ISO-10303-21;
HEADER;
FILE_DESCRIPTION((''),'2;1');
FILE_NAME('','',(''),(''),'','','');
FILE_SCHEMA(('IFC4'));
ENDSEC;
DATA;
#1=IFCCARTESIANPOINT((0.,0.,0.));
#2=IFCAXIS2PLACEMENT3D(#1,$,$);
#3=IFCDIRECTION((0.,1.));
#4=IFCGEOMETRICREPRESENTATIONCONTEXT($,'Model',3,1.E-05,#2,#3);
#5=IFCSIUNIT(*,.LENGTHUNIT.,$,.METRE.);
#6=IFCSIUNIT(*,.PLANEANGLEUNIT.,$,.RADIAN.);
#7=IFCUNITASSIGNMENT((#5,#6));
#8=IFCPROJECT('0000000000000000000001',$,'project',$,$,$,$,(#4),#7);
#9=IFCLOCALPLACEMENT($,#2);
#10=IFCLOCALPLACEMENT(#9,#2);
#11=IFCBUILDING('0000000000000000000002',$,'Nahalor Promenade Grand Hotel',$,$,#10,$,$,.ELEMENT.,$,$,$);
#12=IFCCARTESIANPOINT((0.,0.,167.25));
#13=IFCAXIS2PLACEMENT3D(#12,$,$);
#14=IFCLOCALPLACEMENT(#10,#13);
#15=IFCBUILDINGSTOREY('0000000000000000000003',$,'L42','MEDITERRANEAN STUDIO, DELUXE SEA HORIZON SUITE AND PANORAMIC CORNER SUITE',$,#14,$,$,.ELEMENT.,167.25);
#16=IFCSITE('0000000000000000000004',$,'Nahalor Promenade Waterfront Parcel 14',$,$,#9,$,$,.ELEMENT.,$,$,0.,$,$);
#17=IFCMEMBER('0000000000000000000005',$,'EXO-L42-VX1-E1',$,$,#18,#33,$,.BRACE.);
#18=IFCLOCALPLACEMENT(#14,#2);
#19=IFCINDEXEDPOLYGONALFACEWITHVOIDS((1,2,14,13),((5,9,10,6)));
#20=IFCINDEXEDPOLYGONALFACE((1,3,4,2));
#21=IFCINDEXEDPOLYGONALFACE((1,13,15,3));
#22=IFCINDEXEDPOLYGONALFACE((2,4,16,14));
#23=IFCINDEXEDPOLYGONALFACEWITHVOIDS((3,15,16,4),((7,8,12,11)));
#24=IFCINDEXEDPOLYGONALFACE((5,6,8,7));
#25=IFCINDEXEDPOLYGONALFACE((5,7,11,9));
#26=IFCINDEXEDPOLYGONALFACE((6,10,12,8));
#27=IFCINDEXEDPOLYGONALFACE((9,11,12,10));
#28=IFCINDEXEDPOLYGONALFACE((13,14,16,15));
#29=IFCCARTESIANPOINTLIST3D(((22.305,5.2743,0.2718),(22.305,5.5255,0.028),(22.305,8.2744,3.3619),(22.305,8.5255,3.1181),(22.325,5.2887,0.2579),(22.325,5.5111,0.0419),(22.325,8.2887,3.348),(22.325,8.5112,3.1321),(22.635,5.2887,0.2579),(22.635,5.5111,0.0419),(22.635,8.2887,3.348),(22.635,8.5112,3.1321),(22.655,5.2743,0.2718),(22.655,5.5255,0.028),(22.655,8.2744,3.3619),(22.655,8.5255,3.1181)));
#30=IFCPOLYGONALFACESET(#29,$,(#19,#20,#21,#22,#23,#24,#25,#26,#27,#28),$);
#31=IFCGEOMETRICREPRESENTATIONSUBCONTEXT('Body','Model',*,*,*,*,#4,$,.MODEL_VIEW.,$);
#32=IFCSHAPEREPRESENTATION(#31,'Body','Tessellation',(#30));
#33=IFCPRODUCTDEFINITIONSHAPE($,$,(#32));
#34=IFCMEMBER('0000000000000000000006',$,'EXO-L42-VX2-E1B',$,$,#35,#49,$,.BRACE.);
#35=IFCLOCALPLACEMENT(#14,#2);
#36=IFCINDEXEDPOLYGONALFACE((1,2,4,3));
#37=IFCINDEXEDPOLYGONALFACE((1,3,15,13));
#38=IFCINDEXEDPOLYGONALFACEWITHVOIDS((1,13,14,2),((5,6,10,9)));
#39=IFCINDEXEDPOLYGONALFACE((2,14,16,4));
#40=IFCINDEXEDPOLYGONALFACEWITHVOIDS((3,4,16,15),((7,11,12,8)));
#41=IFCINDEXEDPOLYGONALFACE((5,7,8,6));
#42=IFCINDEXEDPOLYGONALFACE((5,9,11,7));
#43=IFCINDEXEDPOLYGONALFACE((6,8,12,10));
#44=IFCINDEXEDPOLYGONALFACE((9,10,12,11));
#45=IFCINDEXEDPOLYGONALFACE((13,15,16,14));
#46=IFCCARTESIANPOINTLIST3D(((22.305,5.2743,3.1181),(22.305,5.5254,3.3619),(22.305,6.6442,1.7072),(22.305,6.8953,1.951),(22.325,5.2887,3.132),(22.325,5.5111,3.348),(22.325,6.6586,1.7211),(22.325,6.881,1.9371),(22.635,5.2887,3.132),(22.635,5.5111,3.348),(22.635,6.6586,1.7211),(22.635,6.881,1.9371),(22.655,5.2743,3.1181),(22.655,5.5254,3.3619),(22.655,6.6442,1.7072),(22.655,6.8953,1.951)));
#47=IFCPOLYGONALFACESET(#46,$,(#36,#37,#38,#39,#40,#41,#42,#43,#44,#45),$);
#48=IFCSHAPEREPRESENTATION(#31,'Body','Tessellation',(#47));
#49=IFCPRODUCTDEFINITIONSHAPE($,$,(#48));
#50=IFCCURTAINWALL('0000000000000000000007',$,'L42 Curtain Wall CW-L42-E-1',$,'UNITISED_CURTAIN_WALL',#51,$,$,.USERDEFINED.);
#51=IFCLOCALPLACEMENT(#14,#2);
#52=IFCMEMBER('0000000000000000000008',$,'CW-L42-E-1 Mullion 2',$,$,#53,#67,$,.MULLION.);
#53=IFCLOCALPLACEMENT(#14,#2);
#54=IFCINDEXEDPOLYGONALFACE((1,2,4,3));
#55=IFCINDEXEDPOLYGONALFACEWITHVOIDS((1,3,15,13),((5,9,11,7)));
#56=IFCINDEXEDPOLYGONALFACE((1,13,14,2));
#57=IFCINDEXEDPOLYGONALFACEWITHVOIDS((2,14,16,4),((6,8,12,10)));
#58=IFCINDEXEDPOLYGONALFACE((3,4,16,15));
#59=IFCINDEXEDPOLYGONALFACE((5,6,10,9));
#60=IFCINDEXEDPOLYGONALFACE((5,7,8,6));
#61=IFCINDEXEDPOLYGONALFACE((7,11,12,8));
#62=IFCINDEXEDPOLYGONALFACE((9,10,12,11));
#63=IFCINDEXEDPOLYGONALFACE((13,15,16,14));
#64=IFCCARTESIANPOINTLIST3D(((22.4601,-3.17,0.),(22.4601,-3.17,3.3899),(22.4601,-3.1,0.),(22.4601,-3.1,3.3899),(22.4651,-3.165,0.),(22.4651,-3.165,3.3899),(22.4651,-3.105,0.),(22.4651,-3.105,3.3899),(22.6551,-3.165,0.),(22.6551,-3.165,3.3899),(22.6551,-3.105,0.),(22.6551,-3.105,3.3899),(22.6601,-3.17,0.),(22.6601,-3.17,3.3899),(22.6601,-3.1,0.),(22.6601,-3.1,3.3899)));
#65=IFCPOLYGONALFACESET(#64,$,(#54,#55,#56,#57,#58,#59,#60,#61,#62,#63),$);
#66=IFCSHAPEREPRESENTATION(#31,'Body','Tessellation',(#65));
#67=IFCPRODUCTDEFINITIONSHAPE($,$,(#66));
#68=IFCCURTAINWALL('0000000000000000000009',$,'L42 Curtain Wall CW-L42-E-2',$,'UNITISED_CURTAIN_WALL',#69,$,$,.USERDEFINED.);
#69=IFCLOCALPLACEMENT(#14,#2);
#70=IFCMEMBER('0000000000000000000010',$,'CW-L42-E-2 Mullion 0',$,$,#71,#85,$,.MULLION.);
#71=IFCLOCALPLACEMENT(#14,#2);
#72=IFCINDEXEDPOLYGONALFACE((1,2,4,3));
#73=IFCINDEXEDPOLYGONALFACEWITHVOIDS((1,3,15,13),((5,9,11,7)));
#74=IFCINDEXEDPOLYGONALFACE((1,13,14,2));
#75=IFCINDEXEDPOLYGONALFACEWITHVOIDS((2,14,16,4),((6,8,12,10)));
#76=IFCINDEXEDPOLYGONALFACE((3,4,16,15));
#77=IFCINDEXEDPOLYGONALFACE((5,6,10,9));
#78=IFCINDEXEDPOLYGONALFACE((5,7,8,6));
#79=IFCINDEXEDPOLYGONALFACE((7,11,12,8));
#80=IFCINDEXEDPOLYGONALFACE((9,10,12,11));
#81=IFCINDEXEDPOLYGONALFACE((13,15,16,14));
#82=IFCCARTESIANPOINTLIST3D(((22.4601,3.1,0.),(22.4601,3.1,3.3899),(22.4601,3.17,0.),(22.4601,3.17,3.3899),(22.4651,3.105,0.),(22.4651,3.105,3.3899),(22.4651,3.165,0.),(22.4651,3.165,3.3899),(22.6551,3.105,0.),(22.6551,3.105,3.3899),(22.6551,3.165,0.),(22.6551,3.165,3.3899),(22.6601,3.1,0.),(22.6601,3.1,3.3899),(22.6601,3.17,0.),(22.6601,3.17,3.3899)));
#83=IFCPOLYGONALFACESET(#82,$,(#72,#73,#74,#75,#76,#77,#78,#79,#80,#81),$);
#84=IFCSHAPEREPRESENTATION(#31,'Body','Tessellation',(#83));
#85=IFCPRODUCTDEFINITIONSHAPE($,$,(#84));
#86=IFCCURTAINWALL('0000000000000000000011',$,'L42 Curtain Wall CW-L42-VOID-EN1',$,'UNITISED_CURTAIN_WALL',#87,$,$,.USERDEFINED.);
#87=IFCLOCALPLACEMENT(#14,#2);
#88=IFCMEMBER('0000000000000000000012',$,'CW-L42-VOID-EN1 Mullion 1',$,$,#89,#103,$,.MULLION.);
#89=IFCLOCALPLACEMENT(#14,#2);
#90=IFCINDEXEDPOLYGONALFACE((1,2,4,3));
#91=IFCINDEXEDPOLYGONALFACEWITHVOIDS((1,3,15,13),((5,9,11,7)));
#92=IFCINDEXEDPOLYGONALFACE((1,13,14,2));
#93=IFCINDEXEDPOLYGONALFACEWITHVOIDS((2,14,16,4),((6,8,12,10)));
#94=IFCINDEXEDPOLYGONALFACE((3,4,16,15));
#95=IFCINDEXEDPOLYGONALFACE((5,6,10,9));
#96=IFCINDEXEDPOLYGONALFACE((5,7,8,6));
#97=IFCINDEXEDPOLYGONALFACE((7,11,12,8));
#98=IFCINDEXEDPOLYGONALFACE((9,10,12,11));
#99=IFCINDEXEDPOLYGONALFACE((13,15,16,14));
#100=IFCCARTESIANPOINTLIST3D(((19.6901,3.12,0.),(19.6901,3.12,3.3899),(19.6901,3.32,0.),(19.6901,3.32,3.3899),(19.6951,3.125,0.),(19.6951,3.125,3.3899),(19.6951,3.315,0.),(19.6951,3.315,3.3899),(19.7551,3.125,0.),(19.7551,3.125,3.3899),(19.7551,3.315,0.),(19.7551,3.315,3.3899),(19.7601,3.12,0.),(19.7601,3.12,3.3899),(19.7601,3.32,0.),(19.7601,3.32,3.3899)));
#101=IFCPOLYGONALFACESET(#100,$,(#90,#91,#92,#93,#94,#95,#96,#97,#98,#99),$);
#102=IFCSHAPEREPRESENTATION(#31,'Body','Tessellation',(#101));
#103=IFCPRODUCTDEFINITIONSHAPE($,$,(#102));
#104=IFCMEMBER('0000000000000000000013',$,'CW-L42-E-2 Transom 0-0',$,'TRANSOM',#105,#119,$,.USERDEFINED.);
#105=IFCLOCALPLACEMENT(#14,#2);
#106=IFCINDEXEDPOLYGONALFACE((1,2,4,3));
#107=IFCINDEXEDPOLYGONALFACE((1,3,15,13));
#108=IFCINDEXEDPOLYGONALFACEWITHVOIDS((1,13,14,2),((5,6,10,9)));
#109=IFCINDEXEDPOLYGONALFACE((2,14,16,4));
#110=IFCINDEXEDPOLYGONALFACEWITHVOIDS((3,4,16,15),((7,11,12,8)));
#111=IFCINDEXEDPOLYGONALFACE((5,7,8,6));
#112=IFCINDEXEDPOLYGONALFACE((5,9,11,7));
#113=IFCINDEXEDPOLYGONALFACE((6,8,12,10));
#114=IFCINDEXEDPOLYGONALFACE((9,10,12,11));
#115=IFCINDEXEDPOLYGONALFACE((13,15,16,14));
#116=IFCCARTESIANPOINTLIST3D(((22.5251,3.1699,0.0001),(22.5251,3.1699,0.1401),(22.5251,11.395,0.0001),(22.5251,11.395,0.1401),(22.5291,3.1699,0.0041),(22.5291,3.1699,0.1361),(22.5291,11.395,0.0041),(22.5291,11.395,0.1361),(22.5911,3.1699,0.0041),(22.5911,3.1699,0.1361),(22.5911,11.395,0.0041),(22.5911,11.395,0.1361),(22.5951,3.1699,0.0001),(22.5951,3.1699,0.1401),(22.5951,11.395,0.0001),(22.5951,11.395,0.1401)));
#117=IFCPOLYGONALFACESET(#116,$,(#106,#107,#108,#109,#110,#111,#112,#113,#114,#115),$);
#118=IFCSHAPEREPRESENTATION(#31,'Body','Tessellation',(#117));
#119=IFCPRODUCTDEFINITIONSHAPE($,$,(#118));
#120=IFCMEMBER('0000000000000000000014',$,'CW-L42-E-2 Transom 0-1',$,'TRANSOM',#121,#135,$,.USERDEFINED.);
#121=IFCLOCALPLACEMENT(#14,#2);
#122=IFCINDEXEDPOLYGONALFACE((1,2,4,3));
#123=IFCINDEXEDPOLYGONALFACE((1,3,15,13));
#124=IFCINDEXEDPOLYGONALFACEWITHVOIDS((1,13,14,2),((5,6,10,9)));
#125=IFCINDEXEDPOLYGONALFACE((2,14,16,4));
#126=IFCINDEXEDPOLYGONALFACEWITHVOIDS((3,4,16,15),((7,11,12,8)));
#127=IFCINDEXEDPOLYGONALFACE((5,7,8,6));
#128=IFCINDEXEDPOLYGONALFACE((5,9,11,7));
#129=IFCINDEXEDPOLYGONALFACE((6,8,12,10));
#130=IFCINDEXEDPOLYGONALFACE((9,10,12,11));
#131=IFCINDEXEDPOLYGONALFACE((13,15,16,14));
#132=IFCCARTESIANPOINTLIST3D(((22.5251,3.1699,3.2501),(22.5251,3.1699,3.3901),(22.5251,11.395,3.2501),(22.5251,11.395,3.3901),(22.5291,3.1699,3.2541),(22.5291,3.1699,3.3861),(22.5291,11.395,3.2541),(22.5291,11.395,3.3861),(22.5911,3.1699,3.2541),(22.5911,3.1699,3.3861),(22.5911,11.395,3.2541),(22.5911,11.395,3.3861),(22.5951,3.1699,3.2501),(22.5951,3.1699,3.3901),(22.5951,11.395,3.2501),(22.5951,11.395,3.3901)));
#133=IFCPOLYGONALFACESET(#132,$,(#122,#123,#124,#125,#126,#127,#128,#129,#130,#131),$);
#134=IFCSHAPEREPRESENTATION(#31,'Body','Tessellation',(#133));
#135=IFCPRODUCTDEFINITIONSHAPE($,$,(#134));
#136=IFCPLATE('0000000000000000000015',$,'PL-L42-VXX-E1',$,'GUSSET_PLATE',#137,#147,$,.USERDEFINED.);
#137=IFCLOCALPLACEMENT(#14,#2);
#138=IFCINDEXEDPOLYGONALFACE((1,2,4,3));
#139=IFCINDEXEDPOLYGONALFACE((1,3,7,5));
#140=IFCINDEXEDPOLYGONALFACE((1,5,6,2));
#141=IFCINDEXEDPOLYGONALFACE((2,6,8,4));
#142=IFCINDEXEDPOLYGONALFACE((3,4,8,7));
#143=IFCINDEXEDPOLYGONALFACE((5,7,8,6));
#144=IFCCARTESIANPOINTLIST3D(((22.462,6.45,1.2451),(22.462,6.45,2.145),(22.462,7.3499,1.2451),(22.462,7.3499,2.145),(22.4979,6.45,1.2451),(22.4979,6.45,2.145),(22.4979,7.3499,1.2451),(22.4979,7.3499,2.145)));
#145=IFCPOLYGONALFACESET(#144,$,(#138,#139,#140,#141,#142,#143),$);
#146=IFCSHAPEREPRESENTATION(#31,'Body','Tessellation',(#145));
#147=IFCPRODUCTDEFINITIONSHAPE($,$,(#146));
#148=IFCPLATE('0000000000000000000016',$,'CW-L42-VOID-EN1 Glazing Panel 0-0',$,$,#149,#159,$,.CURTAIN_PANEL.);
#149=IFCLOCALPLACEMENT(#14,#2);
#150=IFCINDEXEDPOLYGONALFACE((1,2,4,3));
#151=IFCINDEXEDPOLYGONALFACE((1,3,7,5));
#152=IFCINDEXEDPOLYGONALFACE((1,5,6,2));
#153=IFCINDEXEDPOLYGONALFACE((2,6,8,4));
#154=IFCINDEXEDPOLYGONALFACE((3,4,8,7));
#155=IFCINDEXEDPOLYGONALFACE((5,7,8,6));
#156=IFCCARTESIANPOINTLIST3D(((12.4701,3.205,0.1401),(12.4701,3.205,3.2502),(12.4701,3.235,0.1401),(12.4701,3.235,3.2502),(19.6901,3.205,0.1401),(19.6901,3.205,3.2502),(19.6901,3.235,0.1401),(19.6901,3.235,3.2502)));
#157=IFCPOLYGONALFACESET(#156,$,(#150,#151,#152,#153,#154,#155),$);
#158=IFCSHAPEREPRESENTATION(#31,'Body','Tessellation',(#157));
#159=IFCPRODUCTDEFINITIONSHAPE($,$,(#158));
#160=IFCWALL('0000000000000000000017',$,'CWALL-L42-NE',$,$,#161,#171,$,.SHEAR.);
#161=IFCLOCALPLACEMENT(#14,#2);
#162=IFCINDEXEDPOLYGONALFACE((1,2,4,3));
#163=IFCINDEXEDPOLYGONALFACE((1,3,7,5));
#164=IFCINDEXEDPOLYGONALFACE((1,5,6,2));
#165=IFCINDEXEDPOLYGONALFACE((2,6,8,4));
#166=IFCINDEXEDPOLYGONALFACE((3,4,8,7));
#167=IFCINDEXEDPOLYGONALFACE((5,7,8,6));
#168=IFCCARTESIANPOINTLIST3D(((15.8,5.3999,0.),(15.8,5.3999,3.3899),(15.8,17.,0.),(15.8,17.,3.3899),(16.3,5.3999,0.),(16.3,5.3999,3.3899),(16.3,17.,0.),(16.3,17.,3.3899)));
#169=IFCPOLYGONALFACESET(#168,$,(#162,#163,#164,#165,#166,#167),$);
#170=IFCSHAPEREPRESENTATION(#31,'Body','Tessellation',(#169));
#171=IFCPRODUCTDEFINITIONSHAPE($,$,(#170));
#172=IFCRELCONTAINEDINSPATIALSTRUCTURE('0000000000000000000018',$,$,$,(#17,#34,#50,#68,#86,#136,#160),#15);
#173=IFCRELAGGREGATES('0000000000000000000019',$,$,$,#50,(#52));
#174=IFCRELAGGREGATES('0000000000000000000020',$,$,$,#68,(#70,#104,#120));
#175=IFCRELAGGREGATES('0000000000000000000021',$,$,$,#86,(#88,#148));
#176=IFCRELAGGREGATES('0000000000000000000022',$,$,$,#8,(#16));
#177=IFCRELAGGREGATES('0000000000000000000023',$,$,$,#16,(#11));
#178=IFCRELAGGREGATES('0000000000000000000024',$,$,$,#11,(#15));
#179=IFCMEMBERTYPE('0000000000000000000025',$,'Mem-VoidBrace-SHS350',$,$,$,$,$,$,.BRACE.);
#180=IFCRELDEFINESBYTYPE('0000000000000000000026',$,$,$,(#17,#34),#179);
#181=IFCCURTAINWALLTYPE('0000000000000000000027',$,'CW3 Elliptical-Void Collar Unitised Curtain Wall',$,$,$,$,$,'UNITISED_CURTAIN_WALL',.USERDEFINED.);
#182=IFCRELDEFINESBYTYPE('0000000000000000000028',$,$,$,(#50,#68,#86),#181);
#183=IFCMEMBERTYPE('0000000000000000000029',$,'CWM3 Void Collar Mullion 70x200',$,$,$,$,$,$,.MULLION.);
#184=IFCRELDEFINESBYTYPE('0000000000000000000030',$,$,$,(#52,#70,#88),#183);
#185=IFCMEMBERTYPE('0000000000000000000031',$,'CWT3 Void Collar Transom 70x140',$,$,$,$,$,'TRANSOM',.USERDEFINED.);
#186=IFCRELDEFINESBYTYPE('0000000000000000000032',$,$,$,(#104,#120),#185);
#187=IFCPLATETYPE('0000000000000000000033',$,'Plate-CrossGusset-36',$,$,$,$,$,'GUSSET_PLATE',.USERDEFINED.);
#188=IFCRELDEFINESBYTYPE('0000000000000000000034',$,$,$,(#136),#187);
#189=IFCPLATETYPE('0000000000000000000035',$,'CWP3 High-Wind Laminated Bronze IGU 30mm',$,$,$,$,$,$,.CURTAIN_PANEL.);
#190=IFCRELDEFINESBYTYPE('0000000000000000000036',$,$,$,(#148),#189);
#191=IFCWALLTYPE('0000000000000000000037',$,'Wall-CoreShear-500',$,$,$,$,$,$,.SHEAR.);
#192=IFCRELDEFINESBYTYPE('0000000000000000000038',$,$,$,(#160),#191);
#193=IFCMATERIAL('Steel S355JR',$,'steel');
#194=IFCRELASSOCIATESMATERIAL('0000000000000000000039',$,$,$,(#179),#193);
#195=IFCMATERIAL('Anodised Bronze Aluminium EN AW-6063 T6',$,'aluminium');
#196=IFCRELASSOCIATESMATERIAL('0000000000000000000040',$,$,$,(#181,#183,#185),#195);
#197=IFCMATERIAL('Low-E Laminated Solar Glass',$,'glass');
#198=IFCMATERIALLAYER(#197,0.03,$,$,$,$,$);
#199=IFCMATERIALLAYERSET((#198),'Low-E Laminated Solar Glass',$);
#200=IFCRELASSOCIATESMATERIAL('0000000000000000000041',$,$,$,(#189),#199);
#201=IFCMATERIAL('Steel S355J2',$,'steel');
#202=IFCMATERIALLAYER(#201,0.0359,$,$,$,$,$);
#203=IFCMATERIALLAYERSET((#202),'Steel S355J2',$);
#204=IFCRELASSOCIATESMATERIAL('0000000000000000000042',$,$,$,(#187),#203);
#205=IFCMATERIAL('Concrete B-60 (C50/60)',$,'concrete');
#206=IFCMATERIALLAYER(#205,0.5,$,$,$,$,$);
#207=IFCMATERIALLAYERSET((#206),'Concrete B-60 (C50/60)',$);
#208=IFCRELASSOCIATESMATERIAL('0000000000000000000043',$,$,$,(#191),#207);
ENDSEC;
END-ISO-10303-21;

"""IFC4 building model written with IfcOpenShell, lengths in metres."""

from ifc_helpers import new_model, si_unit, direction, frame, frame_2d, origin, origin_2d, place, context, subcontext, project, spatial, rectangle, hollow_rectangle, extrude, source, transform, mapped, material, layer, layer_set, material_profile, profile_set, type_object, element, aggregate, save


model = new_model("IFC4")

# Units and contexts
model_context = context("Model", 3, precision=1e-05, world=origin(), true_north=direction((0.0, 1.0)))
body_context = subcontext(model_context, "Body", "Model", "MODEL_VIEW")
ifc_project = project(units=[si_unit("LENGTHUNIT", "METRE"), si_unit("PLANEANGLEUNIT", "RADIAN")], contexts=[model_context])

# Site, building, storey
site_placement = place(None, origin())
site = spatial("IfcSite", under=ifc_project, at=site_placement, Name="Nahalor Promenade Waterfront Parcel 14", CompositionType="ELEMENT", RefElevation=0.0)
building_placement = place(site_placement, origin())
building = spatial("IfcBuilding", under=site, at=building_placement, Name="Nahalor Promenade Grand Hotel", CompositionType="ELEMENT")
storey_placement = place(building_placement, frame((0.0, 0.0, 167.25)))
storey = spatial("IfcBuildingStorey", under=building, at=storey_placement, Name="L42", Description="MEDITERRANEAN STUDIO, DELUXE SEA HORIZON SUITE AND PANORAMIC CORNER SUITE", CompositionType="ELEMENT", Elevation=167.25)

# Shared definitions
ifc_material_1 = material(Name="Steel S355J2", Category="steel")

# Shared definitions
ifc_material_2 = material(Name="Steel S355JR", Category="steel")

# Members
ifc_material_profile_1 = material_profile(ifc_material_2, hollow_rectangle(XDim=0.35, YDim=0.35, WallThickness=0.02, at=origin_2d()), Name="SHS 350x350x20")
ifc_profile_set_1 = profile_set([ifc_material_profile_1], Name="Steel S355JR")
member_type_1 = type_object("IfcMemberType", Name="Mem-VoidBrace-SHS350", PredefinedType="BRACE", material=ifc_profile_set_1)
shared_shape_1 = source(origin(), body_context, "Body", "SweptSolid", [
    extrude(hollow_rectangle(XDim=0.35, YDim=0.35, WallThickness=0.02, at=origin_2d()), origin(), (0.0, 0.0, 1.0), 4.3069),
])
member_1_placement = place(storey_placement, frame((22.48, 5.3999, 0.1499), z_axis=(0.0, 0.696571, 0.717488), x_axis=(-1.0, 0.0, 0.0)))
element("IfcMember", 1, at=member_1_placement, inside=storey, type_object=member_type_1, Name="EXO-L42-VX1-E1", PredefinedType="BRACE", context=body_context, shape_type="MappedRepresentation", body=[
    mapped(shared_shape_1, transform((0.0, 0.0, 0.0), scale=1.0)),
])
shared_shape_2 = source(origin(), body_context, "Body", "SweptSolid", [
    extrude(hollow_rectangle(XDim=0.35, YDim=0.35, WallThickness=0.02, at=origin_2d()), origin(), (0.0, 0.0, 1.0), 1.9666),
])
member_2_placement = place(storey_placement, frame((22.48, 6.7698, 1.8291), z_axis=(0.0, -0.696601, 0.717458), x_axis=(1.0, 0.0, 0.0)))
element("IfcMember", 2, at=member_2_placement, inside=storey, type_object=member_type_1, Name="EXO-L42-VX2-E1B", PredefinedType="BRACE", context=body_context, shape_type="MappedRepresentation", body=[
    mapped(shared_shape_2, transform((0.0, 0.0, 0.0), scale=1.0)),
])

# Curtain walls, members
ifc_material_3 = material(Name="Anodised Bronze Aluminium EN AW-6063 T6", Category="aluminium")
curtain_wall_type = type_object("IfcCurtainWallType", Name="CW3 Elliptical-Void Collar Unitised Curtain Wall", ElementType="UNITISED_CURTAIN_WALL", PredefinedType="USERDEFINED", material=ifc_material_3)
curtain_wall_1_placement = place(storey_placement, origin())
curtain_wall_1 = element("IfcCurtainWall", 3, at=curtain_wall_1_placement, inside=storey, type_object=curtain_wall_type, Name="L42 Curtain Wall CW-L42-E-1", ObjectType="UNITISED_CURTAIN_WALL", PredefinedType="USERDEFINED")
ifc_material_profile_2 = material_profile(ifc_material_3, hollow_rectangle(XDim=0.07, YDim=0.2, WallThickness=0.005, at=origin_2d()), Name="CWM 70x200x5")
ifc_profile_set_2 = profile_set([ifc_material_profile_2], Name="Anodised Bronze Aluminium EN AW-6063 T6")
member_type_2 = type_object("IfcMemberType", Name="CWM3 Void Collar Mullion 70x200", PredefinedType="MULLION", material=ifc_profile_set_2)
shared_shape_3 = source(origin(), body_context, "Body", "SweptSolid", [
    extrude(hollow_rectangle(XDim=0.07, YDim=0.2, WallThickness=0.005, at=origin_2d()), origin(), (0.0, 0.0, 1.0), 3.3899),
])
member_3_placement = place(storey_placement, frame((22.5601, -3.135, 0.0), z_axis=(0.0, 0.0, 1.0), x_axis=(0.0, 1.0, 0.0)))
member_3 = element("IfcMember", 4, at=member_3_placement, type_object=member_type_2, Name="CW-L42-E-1 Mullion 2", PredefinedType="MULLION", context=body_context, shape_type="MappedRepresentation", body=[
    mapped(shared_shape_3, transform((0.0, 0.0, 0.0), scale=1.0)),
])
aggregate(curtain_wall_1, [member_3])
curtain_wall_2_placement = place(storey_placement, origin())
curtain_wall_2 = element("IfcCurtainWall", 5, at=curtain_wall_2_placement, inside=storey, type_object=curtain_wall_type, Name="L42 Curtain Wall CW-L42-E-2", ObjectType="UNITISED_CURTAIN_WALL", PredefinedType="USERDEFINED")
member_4_placement = place(storey_placement, frame((22.5601, 3.135, 0.0), z_axis=(0.0, 0.0, 1.0), x_axis=(0.0, 1.0, 0.0)))
member_4 = element("IfcMember", 6, at=member_4_placement, type_object=member_type_2, Name="CW-L42-E-2 Mullion 0", PredefinedType="MULLION", context=body_context, shape_type="MappedRepresentation", body=[
    mapped(shared_shape_3, transform((0.0, 0.0, 0.0), scale=1.0)),
])
curtain_wall_3_placement = place(storey_placement, origin())
curtain_wall_3 = element("IfcCurtainWall", 7, at=curtain_wall_3_placement, inside=storey, type_object=curtain_wall_type, Name="L42 Curtain Wall CW-L42-VOID-EN1", ObjectType="UNITISED_CURTAIN_WALL", PredefinedType="USERDEFINED")
member_5_placement = place(storey_placement, frame((19.7251, 3.22, 0.0), z_axis=(0.0, 0.0, 1.0), x_axis=(1.0, 0.0, 0.0)))
member_5 = element("IfcMember", 8, at=member_5_placement, type_object=member_type_2, Name="CW-L42-VOID-EN1 Mullion 1", PredefinedType="MULLION", context=body_context, shape_type="MappedRepresentation", body=[
    mapped(shared_shape_3, transform((0.0, 0.0, 0.0), scale=1.0)),
])

# Members
ifc_material_profile_3 = material_profile(ifc_material_3, hollow_rectangle(XDim=0.07, YDim=0.14, WallThickness=0.004, at=origin_2d()), Name="CWT 70x140x4")
ifc_profile_set_3 = profile_set([ifc_material_profile_3], Name="Anodised Bronze Aluminium EN AW-6063 T6")
member_type_3 = type_object("IfcMemberType", Name="CWT3 Void Collar Transom 70x140", ElementType="TRANSOM", PredefinedType="USERDEFINED", material=ifc_profile_set_3)
shared_shape_4 = source(origin(), body_context, "Body", "SweptSolid", [
    extrude(hollow_rectangle(XDim=0.07, YDim=0.14, WallThickness=0.004, at=origin_2d()), origin(), (0.0, 0.0, 1.0), 8.2251),
])
member_6_placement = place(storey_placement, frame((22.5601, 3.1699, 0.0701), z_axis=(0.0, 1.0, 0.0), x_axis=(-1.0, 0.0, 0.0)))
member_6 = element("IfcMember", 9, at=member_6_placement, type_object=member_type_3, Name="CW-L42-E-2 Transom 0-0", ObjectType="TRANSOM", PredefinedType="USERDEFINED", context=body_context, shape_type="MappedRepresentation", body=[
    mapped(shared_shape_4, transform((0.0, 0.0, 0.0), scale=1.0)),
])
member_7_placement = place(storey_placement, frame((22.5601, 3.1699, 3.3201), z_axis=(0.0, 1.0, 0.0), x_axis=(-1.0, 0.0, 0.0)))
member_7 = element("IfcMember", 10, at=member_7_placement, type_object=member_type_3, Name="CW-L42-E-2 Transom 0-1", ObjectType="TRANSOM", PredefinedType="USERDEFINED", context=body_context, shape_type="MappedRepresentation", body=[
    mapped(shared_shape_4, transform((0.0, 0.0, 0.0), scale=1.0)),
])

# Plates
ifc_material_4 = material(Name="Low-E Laminated Solar Glass", Category="glass")
ifc_layer_1 = layer(ifc_material_4, 0.03)
ifc_layer_set_1 = layer_set([ifc_layer_1], Name="Low-E Laminated Solar Glass")
plate_type_1 = type_object("IfcPlateType", Name="CWP3 High-Wind Laminated Bronze IGU 30mm", PredefinedType="CURTAIN_PANEL", material=ifc_layer_set_1)
aggregate(curtain_wall_2, [member_4, member_6, member_7])
ifc_layer_2 = layer(ifc_material_1, 0.0359)
ifc_layer_set_2 = layer_set([ifc_layer_2], Name="Steel S355J2")
plate_type_2 = type_object("IfcPlateType", Name="Plate-CrossGusset-36", ElementType="GUSSET_PLATE", PredefinedType="USERDEFINED", material=ifc_layer_set_2)
shared_shape_5 = source(origin(), body_context, "Body", "SweptSolid", [
    extrude(rectangle(XDim=0.8999, YDim=0.0359, at=origin_2d()), origin(), (0.0, 0.0, 1.0), 0.8999),
])
plate_1_placement = place(storey_placement, frame((22.48, 6.8999, 1.2451), z_axis=(0.0, 0.0, 1.0), x_axis=(0.0, 1.0, 0.0)))
element("IfcPlate", 11, at=plate_1_placement, inside=storey, type_object=plate_type_2, Name="PL-L42-VXX-E1", ObjectType="GUSSET_PLATE", PredefinedType="USERDEFINED", context=body_context, shape_type="MappedRepresentation", body=[
    mapped(shared_shape_5, transform((0.0, 0.0, 0.0), scale=1.0)),
])
shared_shape_6 = source(origin(), body_context, "Body", "SweptSolid", [
    extrude(rectangle(XDim=7.22, YDim=0.03, at=origin_2d()), origin(), (0.0, 0.0, 1.0), 3.1101),
])
plate_2_placement = place(storey_placement, frame((16.0801, 3.22, 0.1401), z_axis=(0.0, 0.0, 1.0), x_axis=(1.0, 0.0, 0.0)))
plate_2 = element("IfcPlate", 12, at=plate_2_placement, type_object=plate_type_1, Name="CW-L42-VOID-EN1 Glazing Panel 0-0", PredefinedType="CURTAIN_PANEL", context=body_context, shape_type="MappedRepresentation", body=[
    mapped(shared_shape_6, transform((0.0, 0.0, 0.0), scale=1.0)),
])
aggregate(curtain_wall_3, [member_5, plate_2])

# Wall
ifc_material_5 = material(Name="Concrete B-60 (C50/60)", Category="concrete")
ifc_layer_3 = layer(ifc_material_5, 0.5)
ifc_layer_set_3 = layer_set([ifc_layer_3], Name="Concrete B-60 (C50/60)")
wall_type_1 = type_object("IfcWallType", Name="Wall-CoreShear-500", PredefinedType="SHEAR", material=ifc_layer_set_3)
shared_shape_7 = source(origin(), body_context, "Body", "SweptSolid", [
    extrude(rectangle(XDim=11.6001, YDim=0.5, at=frame_2d((5.8, 0.0))), origin(), (0.0, 0.0, 1.0), 3.3899),
])
wall_1_placement = place(storey_placement, frame((16.05, 5.3999, 0.0), z_axis=(0.0, 0.0, 1.0), x_axis=(0.0, 1.0, 0.0)))
element("IfcWall", 13, at=wall_1_placement, inside=storey, type_object=wall_type_1, Name="CWALL-L42-NE", PredefinedType="SHEAR", context=body_context, shape_type="MappedRepresentation", body=[
    mapped(shared_shape_7, transform((0.0, 0.0, 0.0), scale=1.0)),
])

save(model, "model.ifc")
